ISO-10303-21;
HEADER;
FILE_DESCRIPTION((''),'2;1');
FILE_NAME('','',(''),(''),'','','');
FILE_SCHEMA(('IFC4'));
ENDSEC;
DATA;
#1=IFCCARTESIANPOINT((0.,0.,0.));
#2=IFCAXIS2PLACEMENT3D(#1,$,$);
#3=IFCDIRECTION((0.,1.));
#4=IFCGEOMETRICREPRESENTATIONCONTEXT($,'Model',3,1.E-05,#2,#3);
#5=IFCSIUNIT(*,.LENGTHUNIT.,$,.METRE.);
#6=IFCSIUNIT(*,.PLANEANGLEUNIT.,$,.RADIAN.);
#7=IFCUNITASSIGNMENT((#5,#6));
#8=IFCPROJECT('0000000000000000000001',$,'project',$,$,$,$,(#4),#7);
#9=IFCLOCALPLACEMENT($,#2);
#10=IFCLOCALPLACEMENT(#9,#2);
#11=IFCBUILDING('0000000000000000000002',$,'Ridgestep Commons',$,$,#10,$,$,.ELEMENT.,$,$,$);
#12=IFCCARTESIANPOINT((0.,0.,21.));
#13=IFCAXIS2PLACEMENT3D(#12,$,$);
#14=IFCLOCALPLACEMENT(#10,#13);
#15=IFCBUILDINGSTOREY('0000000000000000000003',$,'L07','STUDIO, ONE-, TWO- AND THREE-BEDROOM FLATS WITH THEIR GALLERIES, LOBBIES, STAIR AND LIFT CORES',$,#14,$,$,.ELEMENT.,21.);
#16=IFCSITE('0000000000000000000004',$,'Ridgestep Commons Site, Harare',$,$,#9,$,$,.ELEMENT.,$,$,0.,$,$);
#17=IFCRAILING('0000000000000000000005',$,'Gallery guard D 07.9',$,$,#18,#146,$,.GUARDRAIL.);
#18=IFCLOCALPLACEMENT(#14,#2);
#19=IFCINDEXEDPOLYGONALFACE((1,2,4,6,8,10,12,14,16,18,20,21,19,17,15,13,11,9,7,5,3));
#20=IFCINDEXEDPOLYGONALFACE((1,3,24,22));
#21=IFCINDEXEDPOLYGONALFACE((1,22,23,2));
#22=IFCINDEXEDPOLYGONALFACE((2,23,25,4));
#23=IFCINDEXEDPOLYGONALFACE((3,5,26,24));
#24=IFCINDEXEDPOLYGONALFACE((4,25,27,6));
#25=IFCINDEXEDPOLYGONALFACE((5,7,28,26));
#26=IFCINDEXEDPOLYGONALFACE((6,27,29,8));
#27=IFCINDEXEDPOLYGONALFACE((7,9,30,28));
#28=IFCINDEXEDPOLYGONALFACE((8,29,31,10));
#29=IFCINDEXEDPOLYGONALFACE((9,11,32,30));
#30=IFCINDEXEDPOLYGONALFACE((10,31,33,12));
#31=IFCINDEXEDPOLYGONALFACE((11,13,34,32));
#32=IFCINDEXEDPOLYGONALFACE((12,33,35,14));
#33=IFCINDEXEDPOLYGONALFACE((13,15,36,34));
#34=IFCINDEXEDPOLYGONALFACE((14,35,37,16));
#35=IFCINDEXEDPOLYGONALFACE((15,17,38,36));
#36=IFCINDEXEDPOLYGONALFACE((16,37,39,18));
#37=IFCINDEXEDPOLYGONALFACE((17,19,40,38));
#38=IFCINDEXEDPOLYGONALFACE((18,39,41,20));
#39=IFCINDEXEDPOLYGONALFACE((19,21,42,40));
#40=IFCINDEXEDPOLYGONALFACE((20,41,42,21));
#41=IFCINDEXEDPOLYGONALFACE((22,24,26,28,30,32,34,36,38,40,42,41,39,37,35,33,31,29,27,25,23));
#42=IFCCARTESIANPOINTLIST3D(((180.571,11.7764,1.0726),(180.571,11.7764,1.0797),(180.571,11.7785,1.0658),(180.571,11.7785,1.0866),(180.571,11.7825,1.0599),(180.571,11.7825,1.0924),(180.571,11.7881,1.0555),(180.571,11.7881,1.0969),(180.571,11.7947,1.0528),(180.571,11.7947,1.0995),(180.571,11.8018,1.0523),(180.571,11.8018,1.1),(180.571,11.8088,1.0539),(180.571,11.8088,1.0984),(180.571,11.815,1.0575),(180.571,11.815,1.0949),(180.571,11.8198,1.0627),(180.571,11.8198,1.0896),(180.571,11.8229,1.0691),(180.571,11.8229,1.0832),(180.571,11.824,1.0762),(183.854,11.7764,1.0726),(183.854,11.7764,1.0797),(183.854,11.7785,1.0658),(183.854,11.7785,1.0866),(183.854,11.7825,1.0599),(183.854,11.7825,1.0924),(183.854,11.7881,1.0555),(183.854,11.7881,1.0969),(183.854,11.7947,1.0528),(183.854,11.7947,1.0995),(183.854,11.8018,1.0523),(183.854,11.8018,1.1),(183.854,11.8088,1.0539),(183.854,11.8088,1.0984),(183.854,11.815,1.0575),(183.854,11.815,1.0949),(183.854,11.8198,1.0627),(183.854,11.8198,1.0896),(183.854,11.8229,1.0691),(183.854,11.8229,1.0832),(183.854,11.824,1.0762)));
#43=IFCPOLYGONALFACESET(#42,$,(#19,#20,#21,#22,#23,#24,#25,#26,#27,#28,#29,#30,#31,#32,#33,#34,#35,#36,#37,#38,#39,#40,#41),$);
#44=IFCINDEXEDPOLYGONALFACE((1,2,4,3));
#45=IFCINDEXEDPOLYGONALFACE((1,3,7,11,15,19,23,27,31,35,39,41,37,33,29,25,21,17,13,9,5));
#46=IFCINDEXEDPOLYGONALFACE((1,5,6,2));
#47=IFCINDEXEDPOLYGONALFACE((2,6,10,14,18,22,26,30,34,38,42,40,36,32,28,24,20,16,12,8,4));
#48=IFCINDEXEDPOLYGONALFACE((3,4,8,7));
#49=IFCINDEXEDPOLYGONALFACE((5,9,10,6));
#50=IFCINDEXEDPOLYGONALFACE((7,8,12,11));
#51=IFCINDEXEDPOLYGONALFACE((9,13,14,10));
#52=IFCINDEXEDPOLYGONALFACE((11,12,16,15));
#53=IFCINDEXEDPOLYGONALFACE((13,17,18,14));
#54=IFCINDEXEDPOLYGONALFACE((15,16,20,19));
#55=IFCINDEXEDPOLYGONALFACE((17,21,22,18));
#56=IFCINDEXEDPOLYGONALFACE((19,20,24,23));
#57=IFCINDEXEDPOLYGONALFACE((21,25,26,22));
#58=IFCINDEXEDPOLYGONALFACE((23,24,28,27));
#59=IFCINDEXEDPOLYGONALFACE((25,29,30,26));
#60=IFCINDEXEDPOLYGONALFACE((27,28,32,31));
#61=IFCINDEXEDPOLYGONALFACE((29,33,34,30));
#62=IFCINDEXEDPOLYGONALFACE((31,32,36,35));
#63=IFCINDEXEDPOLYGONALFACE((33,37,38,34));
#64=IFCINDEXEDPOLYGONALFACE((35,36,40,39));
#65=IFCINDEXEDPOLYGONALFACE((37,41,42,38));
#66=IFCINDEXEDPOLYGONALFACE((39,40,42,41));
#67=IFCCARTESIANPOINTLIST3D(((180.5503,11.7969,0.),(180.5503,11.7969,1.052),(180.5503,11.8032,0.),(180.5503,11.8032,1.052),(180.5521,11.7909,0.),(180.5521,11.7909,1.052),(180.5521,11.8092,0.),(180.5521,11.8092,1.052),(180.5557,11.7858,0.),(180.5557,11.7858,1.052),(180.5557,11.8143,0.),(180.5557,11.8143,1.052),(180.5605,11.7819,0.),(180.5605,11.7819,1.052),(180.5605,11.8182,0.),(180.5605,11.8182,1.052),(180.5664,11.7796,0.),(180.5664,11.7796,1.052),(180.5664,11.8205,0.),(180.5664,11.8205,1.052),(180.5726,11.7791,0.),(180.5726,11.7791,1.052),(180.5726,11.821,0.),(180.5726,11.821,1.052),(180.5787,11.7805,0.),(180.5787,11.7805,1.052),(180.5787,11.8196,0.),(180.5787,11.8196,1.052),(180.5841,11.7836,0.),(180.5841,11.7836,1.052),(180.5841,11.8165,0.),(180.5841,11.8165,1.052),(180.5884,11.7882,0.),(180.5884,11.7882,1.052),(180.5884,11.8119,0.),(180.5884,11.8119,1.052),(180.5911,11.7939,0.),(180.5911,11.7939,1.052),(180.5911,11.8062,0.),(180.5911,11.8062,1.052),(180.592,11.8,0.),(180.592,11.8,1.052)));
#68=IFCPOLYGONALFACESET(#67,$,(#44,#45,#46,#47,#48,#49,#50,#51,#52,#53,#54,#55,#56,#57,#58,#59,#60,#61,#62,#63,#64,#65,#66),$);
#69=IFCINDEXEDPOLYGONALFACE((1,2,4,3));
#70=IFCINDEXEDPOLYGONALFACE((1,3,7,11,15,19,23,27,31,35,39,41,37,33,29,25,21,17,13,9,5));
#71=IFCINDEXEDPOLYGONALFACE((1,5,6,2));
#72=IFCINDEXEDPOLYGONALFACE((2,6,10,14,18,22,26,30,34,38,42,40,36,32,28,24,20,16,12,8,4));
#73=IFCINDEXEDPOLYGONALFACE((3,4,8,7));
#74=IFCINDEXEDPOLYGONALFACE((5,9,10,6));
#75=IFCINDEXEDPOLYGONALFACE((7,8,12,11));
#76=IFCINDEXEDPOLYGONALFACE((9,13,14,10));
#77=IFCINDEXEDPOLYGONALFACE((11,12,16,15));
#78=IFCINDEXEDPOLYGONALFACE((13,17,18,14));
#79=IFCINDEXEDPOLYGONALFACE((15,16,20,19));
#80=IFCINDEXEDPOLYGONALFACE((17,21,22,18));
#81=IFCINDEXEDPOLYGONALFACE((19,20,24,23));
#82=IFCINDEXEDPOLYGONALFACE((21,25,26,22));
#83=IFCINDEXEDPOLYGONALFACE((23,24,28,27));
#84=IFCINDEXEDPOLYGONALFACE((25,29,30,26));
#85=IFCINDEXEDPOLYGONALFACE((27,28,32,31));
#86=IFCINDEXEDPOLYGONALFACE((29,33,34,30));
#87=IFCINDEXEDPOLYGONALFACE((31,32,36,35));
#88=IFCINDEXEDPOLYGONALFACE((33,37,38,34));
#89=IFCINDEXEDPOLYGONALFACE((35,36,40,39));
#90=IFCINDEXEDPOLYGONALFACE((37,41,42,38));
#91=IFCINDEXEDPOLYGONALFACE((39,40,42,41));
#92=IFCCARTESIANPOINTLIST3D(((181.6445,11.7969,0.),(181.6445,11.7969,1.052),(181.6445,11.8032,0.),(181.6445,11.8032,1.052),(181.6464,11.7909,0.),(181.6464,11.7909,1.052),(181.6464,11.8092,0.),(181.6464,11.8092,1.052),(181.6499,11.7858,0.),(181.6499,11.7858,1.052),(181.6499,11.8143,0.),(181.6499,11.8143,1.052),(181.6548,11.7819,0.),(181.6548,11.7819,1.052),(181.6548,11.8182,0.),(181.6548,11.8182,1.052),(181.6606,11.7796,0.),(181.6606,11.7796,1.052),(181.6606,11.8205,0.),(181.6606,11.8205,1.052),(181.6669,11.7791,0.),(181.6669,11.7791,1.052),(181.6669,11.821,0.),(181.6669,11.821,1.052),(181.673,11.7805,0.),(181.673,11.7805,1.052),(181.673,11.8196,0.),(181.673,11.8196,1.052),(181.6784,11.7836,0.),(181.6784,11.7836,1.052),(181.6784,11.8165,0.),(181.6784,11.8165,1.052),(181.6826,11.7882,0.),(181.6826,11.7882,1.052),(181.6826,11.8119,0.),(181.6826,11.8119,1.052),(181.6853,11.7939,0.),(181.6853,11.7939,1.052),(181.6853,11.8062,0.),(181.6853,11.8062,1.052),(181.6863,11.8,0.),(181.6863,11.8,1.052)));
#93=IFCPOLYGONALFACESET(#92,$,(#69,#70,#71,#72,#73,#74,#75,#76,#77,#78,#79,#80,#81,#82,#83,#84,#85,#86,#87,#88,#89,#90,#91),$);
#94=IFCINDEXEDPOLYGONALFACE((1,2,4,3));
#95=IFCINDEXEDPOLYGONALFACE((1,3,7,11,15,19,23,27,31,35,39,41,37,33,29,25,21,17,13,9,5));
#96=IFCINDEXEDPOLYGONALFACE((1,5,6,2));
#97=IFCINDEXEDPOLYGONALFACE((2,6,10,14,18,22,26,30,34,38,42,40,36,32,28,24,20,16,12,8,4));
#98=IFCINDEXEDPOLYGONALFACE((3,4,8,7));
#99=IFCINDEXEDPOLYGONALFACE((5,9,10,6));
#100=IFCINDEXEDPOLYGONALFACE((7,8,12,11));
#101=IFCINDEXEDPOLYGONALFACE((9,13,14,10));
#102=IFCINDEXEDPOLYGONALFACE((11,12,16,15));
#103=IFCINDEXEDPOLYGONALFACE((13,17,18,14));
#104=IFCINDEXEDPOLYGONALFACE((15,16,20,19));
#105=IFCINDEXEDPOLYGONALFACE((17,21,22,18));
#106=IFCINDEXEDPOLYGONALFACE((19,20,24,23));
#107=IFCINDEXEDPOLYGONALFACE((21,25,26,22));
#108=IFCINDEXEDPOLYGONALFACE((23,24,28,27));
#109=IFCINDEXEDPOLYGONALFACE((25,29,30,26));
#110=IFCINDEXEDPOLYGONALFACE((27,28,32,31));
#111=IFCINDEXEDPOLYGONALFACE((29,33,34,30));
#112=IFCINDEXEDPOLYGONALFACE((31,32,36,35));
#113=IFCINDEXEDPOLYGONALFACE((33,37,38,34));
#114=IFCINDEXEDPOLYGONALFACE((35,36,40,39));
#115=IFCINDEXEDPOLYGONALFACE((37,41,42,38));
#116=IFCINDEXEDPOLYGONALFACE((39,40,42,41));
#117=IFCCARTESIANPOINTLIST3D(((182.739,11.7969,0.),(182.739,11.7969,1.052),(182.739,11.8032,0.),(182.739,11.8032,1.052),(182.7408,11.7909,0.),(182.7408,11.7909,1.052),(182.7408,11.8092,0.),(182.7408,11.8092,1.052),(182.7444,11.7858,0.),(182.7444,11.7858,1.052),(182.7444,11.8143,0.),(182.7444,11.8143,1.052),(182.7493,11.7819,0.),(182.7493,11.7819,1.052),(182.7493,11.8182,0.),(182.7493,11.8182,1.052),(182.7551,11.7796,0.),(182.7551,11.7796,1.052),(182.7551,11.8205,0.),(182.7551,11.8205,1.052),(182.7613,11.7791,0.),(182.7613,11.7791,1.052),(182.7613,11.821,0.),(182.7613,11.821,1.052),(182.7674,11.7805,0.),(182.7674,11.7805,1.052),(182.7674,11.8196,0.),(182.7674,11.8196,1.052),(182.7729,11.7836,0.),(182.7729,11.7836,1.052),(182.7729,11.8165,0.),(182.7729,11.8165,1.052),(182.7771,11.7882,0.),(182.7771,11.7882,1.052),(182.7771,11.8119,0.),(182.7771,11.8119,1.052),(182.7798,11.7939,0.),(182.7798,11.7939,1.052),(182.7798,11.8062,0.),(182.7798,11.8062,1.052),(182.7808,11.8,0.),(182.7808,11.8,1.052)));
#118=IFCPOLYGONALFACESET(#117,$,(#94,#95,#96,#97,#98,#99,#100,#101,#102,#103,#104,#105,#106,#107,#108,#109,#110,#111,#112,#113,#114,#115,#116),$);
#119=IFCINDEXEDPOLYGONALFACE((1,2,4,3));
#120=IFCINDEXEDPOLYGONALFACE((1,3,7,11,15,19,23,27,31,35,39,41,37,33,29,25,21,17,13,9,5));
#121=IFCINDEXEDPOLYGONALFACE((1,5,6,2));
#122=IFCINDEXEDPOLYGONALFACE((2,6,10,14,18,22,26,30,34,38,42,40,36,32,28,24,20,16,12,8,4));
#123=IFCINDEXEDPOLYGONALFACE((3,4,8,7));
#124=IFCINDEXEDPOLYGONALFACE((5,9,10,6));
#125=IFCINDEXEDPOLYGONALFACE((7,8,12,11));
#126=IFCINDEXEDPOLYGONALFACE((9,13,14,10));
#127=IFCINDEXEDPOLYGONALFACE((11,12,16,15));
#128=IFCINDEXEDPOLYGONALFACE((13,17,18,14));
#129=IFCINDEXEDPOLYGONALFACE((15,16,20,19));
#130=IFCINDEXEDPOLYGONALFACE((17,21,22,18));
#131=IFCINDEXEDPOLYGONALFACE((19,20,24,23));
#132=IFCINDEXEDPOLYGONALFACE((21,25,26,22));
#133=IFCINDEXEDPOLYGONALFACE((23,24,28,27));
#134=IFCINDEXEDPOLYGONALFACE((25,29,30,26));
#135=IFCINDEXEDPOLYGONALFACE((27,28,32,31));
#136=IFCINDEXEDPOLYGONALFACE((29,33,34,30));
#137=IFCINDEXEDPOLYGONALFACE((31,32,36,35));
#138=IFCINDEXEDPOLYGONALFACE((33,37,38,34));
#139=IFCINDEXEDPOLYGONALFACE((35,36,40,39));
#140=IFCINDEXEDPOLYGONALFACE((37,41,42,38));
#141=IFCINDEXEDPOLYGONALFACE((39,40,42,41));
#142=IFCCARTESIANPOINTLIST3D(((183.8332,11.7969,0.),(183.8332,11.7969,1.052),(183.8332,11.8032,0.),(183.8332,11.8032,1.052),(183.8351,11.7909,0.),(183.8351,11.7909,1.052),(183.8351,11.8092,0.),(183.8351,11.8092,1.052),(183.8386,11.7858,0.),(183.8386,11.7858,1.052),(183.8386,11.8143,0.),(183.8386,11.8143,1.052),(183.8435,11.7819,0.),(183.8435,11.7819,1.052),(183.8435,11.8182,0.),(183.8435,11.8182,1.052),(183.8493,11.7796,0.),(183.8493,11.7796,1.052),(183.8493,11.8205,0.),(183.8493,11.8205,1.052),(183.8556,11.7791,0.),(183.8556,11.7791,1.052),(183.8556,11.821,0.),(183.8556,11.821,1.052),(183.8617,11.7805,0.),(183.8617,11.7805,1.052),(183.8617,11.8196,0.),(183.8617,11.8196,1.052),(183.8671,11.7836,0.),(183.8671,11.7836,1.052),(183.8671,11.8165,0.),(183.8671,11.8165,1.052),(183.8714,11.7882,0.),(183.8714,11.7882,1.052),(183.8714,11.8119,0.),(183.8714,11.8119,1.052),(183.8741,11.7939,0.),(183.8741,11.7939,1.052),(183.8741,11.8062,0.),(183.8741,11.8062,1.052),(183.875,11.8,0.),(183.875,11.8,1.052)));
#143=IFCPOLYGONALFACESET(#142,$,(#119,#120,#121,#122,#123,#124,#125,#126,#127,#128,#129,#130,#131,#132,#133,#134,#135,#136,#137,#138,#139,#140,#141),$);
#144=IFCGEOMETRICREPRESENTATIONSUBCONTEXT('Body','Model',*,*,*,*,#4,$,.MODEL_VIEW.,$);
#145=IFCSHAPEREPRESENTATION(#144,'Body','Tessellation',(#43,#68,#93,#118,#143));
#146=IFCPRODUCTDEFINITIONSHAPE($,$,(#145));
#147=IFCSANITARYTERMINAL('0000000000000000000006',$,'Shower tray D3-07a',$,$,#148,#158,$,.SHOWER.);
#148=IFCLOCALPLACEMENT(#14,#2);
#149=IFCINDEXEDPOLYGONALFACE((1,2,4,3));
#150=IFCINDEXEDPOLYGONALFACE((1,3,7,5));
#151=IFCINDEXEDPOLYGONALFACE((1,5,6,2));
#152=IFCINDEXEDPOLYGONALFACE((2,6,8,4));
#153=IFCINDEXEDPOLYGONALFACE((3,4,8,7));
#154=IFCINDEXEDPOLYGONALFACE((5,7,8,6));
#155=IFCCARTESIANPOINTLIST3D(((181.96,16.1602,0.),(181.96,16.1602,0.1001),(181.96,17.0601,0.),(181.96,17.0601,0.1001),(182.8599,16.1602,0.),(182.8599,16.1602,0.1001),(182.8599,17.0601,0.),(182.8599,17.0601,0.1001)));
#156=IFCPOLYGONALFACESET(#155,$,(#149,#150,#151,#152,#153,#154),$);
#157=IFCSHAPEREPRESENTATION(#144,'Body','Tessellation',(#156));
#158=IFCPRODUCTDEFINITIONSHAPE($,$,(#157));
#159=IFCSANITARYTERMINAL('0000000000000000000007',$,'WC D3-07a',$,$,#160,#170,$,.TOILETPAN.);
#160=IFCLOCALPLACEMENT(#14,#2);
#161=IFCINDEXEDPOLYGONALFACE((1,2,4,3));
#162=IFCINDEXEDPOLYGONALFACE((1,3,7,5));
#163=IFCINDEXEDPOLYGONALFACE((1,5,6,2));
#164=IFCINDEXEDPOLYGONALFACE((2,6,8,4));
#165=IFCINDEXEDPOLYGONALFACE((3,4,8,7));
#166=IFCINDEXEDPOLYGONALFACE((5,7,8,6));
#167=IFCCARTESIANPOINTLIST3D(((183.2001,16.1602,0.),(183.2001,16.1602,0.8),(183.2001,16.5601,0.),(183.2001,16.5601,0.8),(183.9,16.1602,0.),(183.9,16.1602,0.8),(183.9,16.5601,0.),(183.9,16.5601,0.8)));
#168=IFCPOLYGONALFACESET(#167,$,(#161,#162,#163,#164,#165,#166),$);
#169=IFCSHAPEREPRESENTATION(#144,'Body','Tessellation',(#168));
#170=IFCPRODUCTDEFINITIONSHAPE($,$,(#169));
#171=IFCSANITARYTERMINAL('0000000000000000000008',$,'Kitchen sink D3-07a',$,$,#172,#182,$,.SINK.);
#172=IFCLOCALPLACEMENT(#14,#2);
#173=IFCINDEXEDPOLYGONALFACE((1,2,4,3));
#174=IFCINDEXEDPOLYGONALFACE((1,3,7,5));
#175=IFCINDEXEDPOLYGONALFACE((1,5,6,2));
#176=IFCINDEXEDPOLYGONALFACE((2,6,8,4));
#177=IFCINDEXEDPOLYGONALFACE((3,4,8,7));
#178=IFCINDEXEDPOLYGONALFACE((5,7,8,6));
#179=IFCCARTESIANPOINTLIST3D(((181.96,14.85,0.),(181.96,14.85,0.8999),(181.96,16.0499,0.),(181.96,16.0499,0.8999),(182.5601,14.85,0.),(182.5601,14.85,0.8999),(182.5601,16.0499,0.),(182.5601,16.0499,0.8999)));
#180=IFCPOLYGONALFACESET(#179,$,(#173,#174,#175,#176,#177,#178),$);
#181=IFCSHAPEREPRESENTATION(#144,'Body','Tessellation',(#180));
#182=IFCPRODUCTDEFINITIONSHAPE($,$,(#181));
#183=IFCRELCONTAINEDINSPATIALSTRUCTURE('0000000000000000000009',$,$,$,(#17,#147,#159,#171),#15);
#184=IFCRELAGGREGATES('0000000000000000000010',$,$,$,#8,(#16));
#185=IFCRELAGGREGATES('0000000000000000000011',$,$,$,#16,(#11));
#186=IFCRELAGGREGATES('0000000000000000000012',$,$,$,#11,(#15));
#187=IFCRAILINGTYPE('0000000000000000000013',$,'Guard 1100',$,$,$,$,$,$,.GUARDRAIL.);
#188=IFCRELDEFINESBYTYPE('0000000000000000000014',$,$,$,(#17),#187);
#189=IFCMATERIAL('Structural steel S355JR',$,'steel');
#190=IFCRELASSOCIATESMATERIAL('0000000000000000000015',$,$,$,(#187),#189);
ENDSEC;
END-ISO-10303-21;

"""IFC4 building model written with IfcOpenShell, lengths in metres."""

from ifc_helpers import new_model, si_unit, direction, frame, origin, origin_2d, place, context, subcontext, project, spatial, rectangle, circle, extrude, material, type_object, element, save


model = new_model("IFC4")

# Units and contexts
model_context = context("Model", 3, precision=1e-05, world=origin(), true_north=direction((0.0, 1.0)))
body_context = subcontext(model_context, "Body", "Model", "MODEL_VIEW")
ifc_project = project(units=[si_unit("LENGTHUNIT", "METRE"), si_unit("PLANEANGLEUNIT", "RADIAN")], contexts=[model_context])

# Site, building, storey
site_placement = place(None, origin())
site = spatial("IfcSite", under=ifc_project, at=site_placement, Name="Ridgestep Commons Site, Harare", CompositionType="ELEMENT", RefElevation=0.0)
building_placement = place(site_placement, origin())
building = spatial("IfcBuilding", under=site, at=building_placement, Name="Ridgestep Commons", CompositionType="ELEMENT")
storey_placement = place(building_placement, frame((0.0, 0.0, 21.0)))
storey = spatial("IfcBuildingStorey", under=building, at=storey_placement, Name="L07", Description="STUDIO, ONE-, TWO- AND THREE-BEDROOM FLATS WITH THEIR GALLERIES, LOBBIES, STAIR AND LIFT CORES", CompositionType="ELEMENT", Elevation=21.0)

# Railing
ifc_material_1 = material(Name="Structural steel S355JR", Category="steel")
railing_type = type_object("IfcRailingType", Name="Guard 1100", PredefinedType="GUARDRAIL", material=ifc_material_1)
railing_placement = place(storey_placement, frame((180.571, 11.8, 0.0)))
element("IfcRailing", 1, at=railing_placement, inside=storey, type_object=railing_type, Name="Gallery guard D 07.9", PredefinedType="GUARDRAIL", context=body_context, shape_type="SweptSolid", body=[
    extrude(circle(Radius=0.0239, at=origin_2d()), frame((0.0, 0.0, 1.0762), z_axis=(1.0, 0.0, 0.0), x_axis=(0.0, 1.0, 0.0)), (0.0, 0.0, 1.0), 3.283),
    extrude(circle(Radius=0.021, at=origin_2d()), origin(), (0.0, 0.0, 1.0), 1.052),
    extrude(circle(Radius=0.021, at=origin_2d()), frame((1.0942, 0.0, 0.0)), (0.0, 0.0, 1.0), 1.052),
    extrude(circle(Radius=0.021, at=origin_2d()), frame((2.1887, 0.0, 0.0)), (0.0, 0.0, 1.0), 1.052),
    extrude(circle(Radius=0.021, at=origin_2d()), frame((3.283, 0.0, 0.0)), (0.0, 0.0, 1.0), 1.052),
])

# Sanitary terminals
sanitary_terminal_1_placement = place(storey_placement, frame((182.4099, 16.6101, 0.0), z_axis=(0.0, 0.0, 1.0), x_axis=(1.0, 0.0, 0.0)))
element("IfcSanitaryTerminal", 2, at=sanitary_terminal_1_placement, inside=storey, Name="Shower tray D3-07a", PredefinedType="SHOWER", context=body_context, shape_type="SweptSolid", body=[
    extrude(rectangle(XDim=0.8999, YDim=0.8999, at=origin_2d()), origin(), (0.0, 0.0, 1.0), 0.1001),
])
sanitary_terminal_2_placement = place(storey_placement, frame((183.55, 16.3601, 0.0), z_axis=(0.0, 0.0, 1.0), x_axis=(1.0, 0.0, 0.0)))
element("IfcSanitaryTerminal", 3, at=sanitary_terminal_2_placement, inside=storey, Name="WC D3-07a", PredefinedType="TOILETPAN", context=body_context, shape_type="SweptSolid", body=[
    extrude(rectangle(XDim=0.7, YDim=0.3999, at=origin_2d()), origin(), (0.0, 0.0, 1.0), 0.8),
])
sanitary_terminal_3_placement = place(storey_placement, frame((182.26, 15.45, 0.0), z_axis=(0.0, 0.0, 1.0), x_axis=(1.0, 0.0, 0.0)))
element("IfcSanitaryTerminal", 4, at=sanitary_terminal_3_placement, inside=storey, Name="Kitchen sink D3-07a", PredefinedType="SINK", context=body_context, shape_type="SweptSolid", body=[
    extrude(rectangle(XDim=0.6001, YDim=1.2, at=origin_2d()), origin(), (0.0, 0.0, 1.0), 0.8999),
])

save(model, "model.ifc")
